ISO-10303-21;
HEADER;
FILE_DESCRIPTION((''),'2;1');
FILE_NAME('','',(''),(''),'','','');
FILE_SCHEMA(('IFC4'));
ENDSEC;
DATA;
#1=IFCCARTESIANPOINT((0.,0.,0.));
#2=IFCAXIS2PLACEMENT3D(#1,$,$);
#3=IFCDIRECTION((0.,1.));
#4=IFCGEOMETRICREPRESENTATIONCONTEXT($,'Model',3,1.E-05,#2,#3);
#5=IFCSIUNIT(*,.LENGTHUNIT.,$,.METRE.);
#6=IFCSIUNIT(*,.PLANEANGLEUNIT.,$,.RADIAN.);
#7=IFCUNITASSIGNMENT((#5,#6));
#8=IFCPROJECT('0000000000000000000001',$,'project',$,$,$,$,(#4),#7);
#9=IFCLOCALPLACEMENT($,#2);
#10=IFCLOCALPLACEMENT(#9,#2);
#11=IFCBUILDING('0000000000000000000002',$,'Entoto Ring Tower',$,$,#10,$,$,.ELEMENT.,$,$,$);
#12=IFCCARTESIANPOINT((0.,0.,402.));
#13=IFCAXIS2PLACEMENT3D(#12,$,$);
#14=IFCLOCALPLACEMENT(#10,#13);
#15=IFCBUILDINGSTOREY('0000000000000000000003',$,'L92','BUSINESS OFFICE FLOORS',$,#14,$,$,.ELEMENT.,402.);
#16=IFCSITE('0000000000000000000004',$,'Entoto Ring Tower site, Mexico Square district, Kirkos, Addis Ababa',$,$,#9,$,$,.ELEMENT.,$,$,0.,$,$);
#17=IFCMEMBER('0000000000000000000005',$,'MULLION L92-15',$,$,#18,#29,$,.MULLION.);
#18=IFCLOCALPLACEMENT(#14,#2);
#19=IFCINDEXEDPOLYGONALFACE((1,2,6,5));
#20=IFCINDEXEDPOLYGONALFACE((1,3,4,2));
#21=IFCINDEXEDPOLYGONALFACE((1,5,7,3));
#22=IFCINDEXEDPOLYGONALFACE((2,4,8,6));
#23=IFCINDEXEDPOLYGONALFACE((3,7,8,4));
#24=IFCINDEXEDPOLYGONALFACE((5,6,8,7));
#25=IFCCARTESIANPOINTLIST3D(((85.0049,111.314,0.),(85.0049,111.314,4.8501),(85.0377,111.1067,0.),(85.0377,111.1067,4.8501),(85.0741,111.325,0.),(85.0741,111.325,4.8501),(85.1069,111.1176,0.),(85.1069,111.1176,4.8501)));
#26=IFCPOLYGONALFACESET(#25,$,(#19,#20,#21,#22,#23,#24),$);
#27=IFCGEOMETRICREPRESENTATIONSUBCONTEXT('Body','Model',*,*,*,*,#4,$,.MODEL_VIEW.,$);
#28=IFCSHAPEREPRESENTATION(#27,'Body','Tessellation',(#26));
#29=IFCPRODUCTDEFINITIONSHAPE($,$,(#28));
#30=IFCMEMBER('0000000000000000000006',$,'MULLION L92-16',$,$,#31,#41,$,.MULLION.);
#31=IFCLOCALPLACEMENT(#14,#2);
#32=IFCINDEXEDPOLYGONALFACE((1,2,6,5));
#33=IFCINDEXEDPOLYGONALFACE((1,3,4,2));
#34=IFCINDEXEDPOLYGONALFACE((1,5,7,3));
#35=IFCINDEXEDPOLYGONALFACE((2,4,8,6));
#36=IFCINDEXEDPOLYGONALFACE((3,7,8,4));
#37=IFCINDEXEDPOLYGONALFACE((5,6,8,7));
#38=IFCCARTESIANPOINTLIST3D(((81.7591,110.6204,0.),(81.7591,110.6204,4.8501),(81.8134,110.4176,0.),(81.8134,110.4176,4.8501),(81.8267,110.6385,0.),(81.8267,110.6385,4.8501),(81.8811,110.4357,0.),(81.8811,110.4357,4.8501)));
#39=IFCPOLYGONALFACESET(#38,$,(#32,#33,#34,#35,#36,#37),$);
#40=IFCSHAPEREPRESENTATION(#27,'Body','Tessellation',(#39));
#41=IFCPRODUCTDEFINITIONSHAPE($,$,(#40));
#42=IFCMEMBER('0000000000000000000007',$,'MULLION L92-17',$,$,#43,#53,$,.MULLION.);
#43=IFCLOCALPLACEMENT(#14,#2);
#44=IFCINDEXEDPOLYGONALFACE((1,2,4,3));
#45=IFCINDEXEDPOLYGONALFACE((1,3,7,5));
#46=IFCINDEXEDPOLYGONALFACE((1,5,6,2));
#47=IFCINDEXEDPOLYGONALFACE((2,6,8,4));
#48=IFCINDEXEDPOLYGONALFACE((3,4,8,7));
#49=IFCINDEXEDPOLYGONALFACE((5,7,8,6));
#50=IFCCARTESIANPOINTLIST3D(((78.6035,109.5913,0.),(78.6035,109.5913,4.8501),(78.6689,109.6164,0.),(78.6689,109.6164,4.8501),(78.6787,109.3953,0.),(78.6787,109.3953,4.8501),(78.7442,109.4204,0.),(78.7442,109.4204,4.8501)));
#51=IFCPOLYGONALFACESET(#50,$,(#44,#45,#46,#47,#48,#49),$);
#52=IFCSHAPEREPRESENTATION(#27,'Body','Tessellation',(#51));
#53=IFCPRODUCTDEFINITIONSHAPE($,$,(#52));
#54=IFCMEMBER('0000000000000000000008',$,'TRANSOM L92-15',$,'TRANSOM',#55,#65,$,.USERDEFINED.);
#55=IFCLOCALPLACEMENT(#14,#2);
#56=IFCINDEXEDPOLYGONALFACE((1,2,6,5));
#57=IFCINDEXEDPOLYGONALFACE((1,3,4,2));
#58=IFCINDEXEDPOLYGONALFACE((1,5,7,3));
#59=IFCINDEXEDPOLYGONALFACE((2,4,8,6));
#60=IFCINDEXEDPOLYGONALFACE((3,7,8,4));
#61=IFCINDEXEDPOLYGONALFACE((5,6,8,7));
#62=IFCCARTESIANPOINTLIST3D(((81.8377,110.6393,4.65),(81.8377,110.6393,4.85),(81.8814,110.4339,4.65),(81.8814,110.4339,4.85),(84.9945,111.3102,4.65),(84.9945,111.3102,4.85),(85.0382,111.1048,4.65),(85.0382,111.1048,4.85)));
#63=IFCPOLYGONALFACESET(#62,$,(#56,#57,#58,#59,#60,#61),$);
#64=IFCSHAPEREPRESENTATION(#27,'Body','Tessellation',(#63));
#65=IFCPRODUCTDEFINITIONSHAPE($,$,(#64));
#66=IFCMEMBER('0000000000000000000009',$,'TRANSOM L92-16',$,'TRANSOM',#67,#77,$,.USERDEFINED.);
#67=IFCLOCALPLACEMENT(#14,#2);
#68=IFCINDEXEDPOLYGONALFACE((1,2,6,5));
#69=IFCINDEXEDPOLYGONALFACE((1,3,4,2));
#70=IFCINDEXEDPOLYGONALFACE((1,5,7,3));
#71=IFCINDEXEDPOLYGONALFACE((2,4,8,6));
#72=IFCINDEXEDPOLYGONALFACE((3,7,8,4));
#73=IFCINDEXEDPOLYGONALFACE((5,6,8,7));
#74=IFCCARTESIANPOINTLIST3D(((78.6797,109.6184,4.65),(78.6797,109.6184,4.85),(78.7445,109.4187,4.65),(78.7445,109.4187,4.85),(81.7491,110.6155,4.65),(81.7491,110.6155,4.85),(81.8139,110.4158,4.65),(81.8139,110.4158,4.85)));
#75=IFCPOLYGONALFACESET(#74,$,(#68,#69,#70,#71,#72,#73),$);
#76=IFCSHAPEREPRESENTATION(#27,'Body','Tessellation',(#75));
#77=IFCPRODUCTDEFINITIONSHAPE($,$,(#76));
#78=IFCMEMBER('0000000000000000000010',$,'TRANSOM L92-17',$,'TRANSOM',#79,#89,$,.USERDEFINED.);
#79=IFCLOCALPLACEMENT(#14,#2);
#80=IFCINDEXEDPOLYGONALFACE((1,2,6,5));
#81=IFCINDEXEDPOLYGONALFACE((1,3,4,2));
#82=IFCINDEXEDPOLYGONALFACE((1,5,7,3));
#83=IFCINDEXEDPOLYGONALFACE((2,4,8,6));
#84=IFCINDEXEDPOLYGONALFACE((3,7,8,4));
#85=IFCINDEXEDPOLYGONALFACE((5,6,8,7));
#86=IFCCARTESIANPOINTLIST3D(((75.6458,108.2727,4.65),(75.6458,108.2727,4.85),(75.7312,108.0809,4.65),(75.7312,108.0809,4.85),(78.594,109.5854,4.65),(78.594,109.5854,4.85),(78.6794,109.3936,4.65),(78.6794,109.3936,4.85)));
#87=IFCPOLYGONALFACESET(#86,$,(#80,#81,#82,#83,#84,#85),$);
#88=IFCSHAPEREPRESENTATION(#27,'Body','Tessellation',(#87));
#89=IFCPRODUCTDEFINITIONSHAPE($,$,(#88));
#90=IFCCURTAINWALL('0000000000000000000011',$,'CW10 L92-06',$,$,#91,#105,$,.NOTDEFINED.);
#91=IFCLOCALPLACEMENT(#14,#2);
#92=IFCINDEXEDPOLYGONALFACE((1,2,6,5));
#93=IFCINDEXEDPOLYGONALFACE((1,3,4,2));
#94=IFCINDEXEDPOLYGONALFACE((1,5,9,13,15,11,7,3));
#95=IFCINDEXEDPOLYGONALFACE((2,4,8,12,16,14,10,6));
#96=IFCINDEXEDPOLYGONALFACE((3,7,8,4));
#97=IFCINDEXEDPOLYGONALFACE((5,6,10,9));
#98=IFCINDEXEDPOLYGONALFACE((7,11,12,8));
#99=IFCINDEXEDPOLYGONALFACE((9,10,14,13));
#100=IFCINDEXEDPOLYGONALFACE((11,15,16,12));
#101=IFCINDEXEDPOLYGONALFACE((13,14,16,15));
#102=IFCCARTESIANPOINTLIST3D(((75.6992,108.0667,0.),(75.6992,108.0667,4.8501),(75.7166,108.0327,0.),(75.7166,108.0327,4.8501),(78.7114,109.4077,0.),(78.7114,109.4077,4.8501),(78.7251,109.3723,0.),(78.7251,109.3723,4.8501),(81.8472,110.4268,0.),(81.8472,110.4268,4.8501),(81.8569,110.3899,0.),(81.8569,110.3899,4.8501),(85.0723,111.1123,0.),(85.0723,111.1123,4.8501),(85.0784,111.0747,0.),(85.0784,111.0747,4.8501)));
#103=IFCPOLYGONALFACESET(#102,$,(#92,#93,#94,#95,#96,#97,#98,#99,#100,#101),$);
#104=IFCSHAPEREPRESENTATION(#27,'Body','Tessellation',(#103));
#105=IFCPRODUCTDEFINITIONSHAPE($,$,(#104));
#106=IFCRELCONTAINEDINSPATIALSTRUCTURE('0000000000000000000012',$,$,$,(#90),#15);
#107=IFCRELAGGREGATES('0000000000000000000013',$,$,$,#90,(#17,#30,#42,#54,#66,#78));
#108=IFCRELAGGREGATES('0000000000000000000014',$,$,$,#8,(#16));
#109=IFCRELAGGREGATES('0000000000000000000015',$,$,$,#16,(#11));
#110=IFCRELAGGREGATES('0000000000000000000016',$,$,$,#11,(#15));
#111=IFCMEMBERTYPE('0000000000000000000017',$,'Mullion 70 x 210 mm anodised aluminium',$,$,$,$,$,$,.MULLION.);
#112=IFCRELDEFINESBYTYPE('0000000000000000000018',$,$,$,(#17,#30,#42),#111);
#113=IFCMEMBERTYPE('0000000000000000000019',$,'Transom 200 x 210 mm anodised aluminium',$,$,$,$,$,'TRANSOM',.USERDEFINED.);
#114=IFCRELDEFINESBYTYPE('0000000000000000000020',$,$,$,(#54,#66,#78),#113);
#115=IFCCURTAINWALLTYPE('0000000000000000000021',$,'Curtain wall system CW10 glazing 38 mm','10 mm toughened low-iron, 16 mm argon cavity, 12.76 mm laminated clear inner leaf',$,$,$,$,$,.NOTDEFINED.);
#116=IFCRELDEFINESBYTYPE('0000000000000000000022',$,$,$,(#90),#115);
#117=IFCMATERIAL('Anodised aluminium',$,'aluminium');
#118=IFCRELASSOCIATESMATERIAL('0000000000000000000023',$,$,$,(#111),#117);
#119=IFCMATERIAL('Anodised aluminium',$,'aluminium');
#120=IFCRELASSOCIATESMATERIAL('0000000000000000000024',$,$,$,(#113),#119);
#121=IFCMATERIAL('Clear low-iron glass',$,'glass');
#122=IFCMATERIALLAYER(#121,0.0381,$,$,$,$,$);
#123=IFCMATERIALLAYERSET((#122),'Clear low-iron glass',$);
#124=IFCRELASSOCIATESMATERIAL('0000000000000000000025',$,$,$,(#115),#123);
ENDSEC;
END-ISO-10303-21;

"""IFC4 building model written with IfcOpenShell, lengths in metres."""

from ifc_helpers import new_model, si_unit, direction, frame, origin, origin_2d, place, context, subcontext, project, spatial, polyline, rectangle, outline, extrude, material, layer, layer_set, material_profile, profile_set, type_object, element, aggregate, save


model = new_model("IFC4")

# Units and contexts
model_context = context("Model", 3, precision=1e-05, world=origin(), true_north=direction((0.0, 1.0)))
body_context = subcontext(model_context, "Body", "Model", "MODEL_VIEW")
ifc_project = project(units=[si_unit("LENGTHUNIT", "METRE"), si_unit("PLANEANGLEUNIT", "RADIAN")], contexts=[model_context])

# Members
ifc_material_1 = material(Name="Anodised aluminium", Category="aluminium")
ifc_material_profile_1 = material_profile(ifc_material_1, rectangle(XDim=0.0701, YDim=0.21, at=origin_2d()), Name="Mullion 70 x 210 mm anodised aluminium")
ifc_profile_set_1 = profile_set([ifc_material_profile_1], Name="Anodised aluminium")
member_type_1 = type_object("IfcMemberType", Name="Mullion 70 x 210 mm anodised aluminium", PredefinedType="MULLION", material=ifc_profile_set_1)
site_placement = place(None, origin())
building_placement = place(site_placement, origin())
storey_placement = place(building_placement, frame((0.0, 0.0, 402.0)))
member_1_placement = place(storey_placement, frame((85.0559, 111.2158, 0.0), z_axis=(0.0, 0.0, 1.0), x_axis=(-0.987688, -0.156434, 0.0)))
member_1 = element("IfcMember", 1, at=member_1_placement, type_object=member_type_1, Name="MULLION L92-15", PredefinedType="MULLION", context=body_context, shape_type="SweptSolid", body=[
    extrude(rectangle(XDim=0.0701, YDim=0.21, at=origin_2d()), origin(), (0.0, 0.0, 1.0), 4.8501),
])
member_2_placement = place(storey_placement, frame((81.8201, 110.5281, 0.0), z_axis=(0.0, 0.0, 1.0), x_axis=(-0.965926, -0.258819, 0.0)))
member_2 = element("IfcMember", 2, at=member_2_placement, type_object=member_type_1, Name="MULLION L92-16", PredefinedType="MULLION", context=body_context, shape_type="SweptSolid", body=[
    extrude(rectangle(XDim=0.0701, YDim=0.21, at=origin_2d()), origin(), (0.0, 0.0, 1.0), 4.8501),
])
member_3_placement = place(storey_placement, frame((78.6738, 109.5059, 0.0), z_axis=(0.0, 0.0, 1.0), x_axis=(-0.93358, -0.358368, 0.0)))
member_3 = element("IfcMember", 3, at=member_3_placement, type_object=member_type_1, Name="MULLION L92-17", PredefinedType="MULLION", context=body_context, shape_type="SweptSolid", body=[
    extrude(rectangle(XDim=0.0701, YDim=0.21, at=origin_2d()), origin(), (0.0, 0.0, 1.0), 4.8501),
])
ifc_material_2 = material(Name="Anodised aluminium", Category="aluminium")
ifc_material_profile_2 = material_profile(ifc_material_2, rectangle(XDim=0.21, YDim=0.2, at=origin_2d()), Name="Transom 200 x 210 mm anodised aluminium")
ifc_profile_set_2 = profile_set([ifc_material_profile_2], Name="Anodised aluminium")
member_type_2 = type_object("IfcMemberType", Name="Transom 200 x 210 mm anodised aluminium", ElementType="TRANSOM", PredefinedType="USERDEFINED", material=ifc_profile_set_2)
member_4_placement = place(storey_placement, frame((85.0164, 111.2075, 4.75), z_axis=(-0.978153, -0.207886, 0.0), x_axis=(0.207886, -0.978153, 0.0)))
member_4 = element("IfcMember", 4, at=member_4_placement, type_object=member_type_2, Name="TRANSOM L92-15", ObjectType="TRANSOM", PredefinedType="USERDEFINED", context=body_context, shape_type="SweptSolid", body=[
    extrude(rectangle(XDim=0.21, YDim=0.2, at=origin_2d()), origin(), (0.0, 0.0, 1.0), 3.2273),
])
member_5_placement = place(storey_placement, frame((81.7815, 110.5156, 4.75), z_axis=(-0.951076, -0.308956, 0.0), x_axis=(0.308956, -0.951076, 0.0)))
member_5 = element("IfcMember", 5, at=member_5_placement, type_object=member_type_2, Name="TRANSOM L92-16", ObjectType="TRANSOM", PredefinedType="USERDEFINED", context=body_context, shape_type="SweptSolid", body=[
    extrude(rectangle(XDim=0.21, YDim=0.2, at=origin_2d()), origin(), (0.0, 0.0, 1.0), 3.2273),
])
member_6_placement = place(storey_placement, frame((78.6367, 109.4895, 4.75), z_axis=(-0.913534, -0.406763, 0.0), x_axis=(0.406763, -0.913534, 0.0)))
member_6 = element("IfcMember", 6, at=member_6_placement, type_object=member_type_2, Name="TRANSOM L92-17", ObjectType="TRANSOM", PredefinedType="USERDEFINED", context=body_context, shape_type="SweptSolid", body=[
    extrude(rectangle(XDim=0.21, YDim=0.2, at=origin_2d()), origin(), (0.0, 0.0, 1.0), 3.2273),
])

# Site, building, storey
site = spatial("IfcSite", under=ifc_project, at=site_placement, Name="Entoto Ring Tower site, Mexico Square district, Kirkos, Addis Ababa", CompositionType="ELEMENT", RefElevation=0.0)
building = spatial("IfcBuilding", under=site, at=building_placement, Name="Entoto Ring Tower", CompositionType="ELEMENT")
storey = spatial("IfcBuildingStorey", under=building, at=storey_placement, Name="L92", Description="BUSINESS OFFICE FLOORS", CompositionType="ELEMENT", Elevation=402.0)

# Curtain wall
ifc_material_3 = material(Name="Clear low-iron glass", Category="glass")
ifc_layer = layer(ifc_material_3, 0.0381)
ifc_layer_set = layer_set([ifc_layer], Name="Clear low-iron glass")
curtain_wall_type = type_object("IfcCurtainWallType", Name="Curtain wall system CW10 glazing 38 mm", Description="10 mm toughened low-iron, 16 mm argon cavity, 12.76 mm laminated clear inner leaf", PredefinedType="NOTDEFINED", material=ifc_layer_set)
curtain_wall_1_placement = place(storey_placement, origin())
curtain_wall_1 = element("IfcCurtainWall", 7, at=curtain_wall_1_placement, inside=storey, type_object=curtain_wall_type, Name="CW10 L92-06", PredefinedType="NOTDEFINED", context=body_context, shape_type="SweptSolid", body=[
    extrude(outline(polyline([(85.0723, 111.1123), (81.8472, 110.4268), (78.7114, 109.4077), (75.6992, 108.0667), (75.7166, 108.0327), (78.7251, 109.3723), (81.8569, 110.3899), (85.0784, 111.0747), (85.0723, 111.1123)])), origin(), (0.0, 0.0, 1.0), 4.8501),
])
aggregate(curtain_wall_1, [member_1, member_2, member_3, member_4, member_5, member_6])

save(model, "model.ifc")
